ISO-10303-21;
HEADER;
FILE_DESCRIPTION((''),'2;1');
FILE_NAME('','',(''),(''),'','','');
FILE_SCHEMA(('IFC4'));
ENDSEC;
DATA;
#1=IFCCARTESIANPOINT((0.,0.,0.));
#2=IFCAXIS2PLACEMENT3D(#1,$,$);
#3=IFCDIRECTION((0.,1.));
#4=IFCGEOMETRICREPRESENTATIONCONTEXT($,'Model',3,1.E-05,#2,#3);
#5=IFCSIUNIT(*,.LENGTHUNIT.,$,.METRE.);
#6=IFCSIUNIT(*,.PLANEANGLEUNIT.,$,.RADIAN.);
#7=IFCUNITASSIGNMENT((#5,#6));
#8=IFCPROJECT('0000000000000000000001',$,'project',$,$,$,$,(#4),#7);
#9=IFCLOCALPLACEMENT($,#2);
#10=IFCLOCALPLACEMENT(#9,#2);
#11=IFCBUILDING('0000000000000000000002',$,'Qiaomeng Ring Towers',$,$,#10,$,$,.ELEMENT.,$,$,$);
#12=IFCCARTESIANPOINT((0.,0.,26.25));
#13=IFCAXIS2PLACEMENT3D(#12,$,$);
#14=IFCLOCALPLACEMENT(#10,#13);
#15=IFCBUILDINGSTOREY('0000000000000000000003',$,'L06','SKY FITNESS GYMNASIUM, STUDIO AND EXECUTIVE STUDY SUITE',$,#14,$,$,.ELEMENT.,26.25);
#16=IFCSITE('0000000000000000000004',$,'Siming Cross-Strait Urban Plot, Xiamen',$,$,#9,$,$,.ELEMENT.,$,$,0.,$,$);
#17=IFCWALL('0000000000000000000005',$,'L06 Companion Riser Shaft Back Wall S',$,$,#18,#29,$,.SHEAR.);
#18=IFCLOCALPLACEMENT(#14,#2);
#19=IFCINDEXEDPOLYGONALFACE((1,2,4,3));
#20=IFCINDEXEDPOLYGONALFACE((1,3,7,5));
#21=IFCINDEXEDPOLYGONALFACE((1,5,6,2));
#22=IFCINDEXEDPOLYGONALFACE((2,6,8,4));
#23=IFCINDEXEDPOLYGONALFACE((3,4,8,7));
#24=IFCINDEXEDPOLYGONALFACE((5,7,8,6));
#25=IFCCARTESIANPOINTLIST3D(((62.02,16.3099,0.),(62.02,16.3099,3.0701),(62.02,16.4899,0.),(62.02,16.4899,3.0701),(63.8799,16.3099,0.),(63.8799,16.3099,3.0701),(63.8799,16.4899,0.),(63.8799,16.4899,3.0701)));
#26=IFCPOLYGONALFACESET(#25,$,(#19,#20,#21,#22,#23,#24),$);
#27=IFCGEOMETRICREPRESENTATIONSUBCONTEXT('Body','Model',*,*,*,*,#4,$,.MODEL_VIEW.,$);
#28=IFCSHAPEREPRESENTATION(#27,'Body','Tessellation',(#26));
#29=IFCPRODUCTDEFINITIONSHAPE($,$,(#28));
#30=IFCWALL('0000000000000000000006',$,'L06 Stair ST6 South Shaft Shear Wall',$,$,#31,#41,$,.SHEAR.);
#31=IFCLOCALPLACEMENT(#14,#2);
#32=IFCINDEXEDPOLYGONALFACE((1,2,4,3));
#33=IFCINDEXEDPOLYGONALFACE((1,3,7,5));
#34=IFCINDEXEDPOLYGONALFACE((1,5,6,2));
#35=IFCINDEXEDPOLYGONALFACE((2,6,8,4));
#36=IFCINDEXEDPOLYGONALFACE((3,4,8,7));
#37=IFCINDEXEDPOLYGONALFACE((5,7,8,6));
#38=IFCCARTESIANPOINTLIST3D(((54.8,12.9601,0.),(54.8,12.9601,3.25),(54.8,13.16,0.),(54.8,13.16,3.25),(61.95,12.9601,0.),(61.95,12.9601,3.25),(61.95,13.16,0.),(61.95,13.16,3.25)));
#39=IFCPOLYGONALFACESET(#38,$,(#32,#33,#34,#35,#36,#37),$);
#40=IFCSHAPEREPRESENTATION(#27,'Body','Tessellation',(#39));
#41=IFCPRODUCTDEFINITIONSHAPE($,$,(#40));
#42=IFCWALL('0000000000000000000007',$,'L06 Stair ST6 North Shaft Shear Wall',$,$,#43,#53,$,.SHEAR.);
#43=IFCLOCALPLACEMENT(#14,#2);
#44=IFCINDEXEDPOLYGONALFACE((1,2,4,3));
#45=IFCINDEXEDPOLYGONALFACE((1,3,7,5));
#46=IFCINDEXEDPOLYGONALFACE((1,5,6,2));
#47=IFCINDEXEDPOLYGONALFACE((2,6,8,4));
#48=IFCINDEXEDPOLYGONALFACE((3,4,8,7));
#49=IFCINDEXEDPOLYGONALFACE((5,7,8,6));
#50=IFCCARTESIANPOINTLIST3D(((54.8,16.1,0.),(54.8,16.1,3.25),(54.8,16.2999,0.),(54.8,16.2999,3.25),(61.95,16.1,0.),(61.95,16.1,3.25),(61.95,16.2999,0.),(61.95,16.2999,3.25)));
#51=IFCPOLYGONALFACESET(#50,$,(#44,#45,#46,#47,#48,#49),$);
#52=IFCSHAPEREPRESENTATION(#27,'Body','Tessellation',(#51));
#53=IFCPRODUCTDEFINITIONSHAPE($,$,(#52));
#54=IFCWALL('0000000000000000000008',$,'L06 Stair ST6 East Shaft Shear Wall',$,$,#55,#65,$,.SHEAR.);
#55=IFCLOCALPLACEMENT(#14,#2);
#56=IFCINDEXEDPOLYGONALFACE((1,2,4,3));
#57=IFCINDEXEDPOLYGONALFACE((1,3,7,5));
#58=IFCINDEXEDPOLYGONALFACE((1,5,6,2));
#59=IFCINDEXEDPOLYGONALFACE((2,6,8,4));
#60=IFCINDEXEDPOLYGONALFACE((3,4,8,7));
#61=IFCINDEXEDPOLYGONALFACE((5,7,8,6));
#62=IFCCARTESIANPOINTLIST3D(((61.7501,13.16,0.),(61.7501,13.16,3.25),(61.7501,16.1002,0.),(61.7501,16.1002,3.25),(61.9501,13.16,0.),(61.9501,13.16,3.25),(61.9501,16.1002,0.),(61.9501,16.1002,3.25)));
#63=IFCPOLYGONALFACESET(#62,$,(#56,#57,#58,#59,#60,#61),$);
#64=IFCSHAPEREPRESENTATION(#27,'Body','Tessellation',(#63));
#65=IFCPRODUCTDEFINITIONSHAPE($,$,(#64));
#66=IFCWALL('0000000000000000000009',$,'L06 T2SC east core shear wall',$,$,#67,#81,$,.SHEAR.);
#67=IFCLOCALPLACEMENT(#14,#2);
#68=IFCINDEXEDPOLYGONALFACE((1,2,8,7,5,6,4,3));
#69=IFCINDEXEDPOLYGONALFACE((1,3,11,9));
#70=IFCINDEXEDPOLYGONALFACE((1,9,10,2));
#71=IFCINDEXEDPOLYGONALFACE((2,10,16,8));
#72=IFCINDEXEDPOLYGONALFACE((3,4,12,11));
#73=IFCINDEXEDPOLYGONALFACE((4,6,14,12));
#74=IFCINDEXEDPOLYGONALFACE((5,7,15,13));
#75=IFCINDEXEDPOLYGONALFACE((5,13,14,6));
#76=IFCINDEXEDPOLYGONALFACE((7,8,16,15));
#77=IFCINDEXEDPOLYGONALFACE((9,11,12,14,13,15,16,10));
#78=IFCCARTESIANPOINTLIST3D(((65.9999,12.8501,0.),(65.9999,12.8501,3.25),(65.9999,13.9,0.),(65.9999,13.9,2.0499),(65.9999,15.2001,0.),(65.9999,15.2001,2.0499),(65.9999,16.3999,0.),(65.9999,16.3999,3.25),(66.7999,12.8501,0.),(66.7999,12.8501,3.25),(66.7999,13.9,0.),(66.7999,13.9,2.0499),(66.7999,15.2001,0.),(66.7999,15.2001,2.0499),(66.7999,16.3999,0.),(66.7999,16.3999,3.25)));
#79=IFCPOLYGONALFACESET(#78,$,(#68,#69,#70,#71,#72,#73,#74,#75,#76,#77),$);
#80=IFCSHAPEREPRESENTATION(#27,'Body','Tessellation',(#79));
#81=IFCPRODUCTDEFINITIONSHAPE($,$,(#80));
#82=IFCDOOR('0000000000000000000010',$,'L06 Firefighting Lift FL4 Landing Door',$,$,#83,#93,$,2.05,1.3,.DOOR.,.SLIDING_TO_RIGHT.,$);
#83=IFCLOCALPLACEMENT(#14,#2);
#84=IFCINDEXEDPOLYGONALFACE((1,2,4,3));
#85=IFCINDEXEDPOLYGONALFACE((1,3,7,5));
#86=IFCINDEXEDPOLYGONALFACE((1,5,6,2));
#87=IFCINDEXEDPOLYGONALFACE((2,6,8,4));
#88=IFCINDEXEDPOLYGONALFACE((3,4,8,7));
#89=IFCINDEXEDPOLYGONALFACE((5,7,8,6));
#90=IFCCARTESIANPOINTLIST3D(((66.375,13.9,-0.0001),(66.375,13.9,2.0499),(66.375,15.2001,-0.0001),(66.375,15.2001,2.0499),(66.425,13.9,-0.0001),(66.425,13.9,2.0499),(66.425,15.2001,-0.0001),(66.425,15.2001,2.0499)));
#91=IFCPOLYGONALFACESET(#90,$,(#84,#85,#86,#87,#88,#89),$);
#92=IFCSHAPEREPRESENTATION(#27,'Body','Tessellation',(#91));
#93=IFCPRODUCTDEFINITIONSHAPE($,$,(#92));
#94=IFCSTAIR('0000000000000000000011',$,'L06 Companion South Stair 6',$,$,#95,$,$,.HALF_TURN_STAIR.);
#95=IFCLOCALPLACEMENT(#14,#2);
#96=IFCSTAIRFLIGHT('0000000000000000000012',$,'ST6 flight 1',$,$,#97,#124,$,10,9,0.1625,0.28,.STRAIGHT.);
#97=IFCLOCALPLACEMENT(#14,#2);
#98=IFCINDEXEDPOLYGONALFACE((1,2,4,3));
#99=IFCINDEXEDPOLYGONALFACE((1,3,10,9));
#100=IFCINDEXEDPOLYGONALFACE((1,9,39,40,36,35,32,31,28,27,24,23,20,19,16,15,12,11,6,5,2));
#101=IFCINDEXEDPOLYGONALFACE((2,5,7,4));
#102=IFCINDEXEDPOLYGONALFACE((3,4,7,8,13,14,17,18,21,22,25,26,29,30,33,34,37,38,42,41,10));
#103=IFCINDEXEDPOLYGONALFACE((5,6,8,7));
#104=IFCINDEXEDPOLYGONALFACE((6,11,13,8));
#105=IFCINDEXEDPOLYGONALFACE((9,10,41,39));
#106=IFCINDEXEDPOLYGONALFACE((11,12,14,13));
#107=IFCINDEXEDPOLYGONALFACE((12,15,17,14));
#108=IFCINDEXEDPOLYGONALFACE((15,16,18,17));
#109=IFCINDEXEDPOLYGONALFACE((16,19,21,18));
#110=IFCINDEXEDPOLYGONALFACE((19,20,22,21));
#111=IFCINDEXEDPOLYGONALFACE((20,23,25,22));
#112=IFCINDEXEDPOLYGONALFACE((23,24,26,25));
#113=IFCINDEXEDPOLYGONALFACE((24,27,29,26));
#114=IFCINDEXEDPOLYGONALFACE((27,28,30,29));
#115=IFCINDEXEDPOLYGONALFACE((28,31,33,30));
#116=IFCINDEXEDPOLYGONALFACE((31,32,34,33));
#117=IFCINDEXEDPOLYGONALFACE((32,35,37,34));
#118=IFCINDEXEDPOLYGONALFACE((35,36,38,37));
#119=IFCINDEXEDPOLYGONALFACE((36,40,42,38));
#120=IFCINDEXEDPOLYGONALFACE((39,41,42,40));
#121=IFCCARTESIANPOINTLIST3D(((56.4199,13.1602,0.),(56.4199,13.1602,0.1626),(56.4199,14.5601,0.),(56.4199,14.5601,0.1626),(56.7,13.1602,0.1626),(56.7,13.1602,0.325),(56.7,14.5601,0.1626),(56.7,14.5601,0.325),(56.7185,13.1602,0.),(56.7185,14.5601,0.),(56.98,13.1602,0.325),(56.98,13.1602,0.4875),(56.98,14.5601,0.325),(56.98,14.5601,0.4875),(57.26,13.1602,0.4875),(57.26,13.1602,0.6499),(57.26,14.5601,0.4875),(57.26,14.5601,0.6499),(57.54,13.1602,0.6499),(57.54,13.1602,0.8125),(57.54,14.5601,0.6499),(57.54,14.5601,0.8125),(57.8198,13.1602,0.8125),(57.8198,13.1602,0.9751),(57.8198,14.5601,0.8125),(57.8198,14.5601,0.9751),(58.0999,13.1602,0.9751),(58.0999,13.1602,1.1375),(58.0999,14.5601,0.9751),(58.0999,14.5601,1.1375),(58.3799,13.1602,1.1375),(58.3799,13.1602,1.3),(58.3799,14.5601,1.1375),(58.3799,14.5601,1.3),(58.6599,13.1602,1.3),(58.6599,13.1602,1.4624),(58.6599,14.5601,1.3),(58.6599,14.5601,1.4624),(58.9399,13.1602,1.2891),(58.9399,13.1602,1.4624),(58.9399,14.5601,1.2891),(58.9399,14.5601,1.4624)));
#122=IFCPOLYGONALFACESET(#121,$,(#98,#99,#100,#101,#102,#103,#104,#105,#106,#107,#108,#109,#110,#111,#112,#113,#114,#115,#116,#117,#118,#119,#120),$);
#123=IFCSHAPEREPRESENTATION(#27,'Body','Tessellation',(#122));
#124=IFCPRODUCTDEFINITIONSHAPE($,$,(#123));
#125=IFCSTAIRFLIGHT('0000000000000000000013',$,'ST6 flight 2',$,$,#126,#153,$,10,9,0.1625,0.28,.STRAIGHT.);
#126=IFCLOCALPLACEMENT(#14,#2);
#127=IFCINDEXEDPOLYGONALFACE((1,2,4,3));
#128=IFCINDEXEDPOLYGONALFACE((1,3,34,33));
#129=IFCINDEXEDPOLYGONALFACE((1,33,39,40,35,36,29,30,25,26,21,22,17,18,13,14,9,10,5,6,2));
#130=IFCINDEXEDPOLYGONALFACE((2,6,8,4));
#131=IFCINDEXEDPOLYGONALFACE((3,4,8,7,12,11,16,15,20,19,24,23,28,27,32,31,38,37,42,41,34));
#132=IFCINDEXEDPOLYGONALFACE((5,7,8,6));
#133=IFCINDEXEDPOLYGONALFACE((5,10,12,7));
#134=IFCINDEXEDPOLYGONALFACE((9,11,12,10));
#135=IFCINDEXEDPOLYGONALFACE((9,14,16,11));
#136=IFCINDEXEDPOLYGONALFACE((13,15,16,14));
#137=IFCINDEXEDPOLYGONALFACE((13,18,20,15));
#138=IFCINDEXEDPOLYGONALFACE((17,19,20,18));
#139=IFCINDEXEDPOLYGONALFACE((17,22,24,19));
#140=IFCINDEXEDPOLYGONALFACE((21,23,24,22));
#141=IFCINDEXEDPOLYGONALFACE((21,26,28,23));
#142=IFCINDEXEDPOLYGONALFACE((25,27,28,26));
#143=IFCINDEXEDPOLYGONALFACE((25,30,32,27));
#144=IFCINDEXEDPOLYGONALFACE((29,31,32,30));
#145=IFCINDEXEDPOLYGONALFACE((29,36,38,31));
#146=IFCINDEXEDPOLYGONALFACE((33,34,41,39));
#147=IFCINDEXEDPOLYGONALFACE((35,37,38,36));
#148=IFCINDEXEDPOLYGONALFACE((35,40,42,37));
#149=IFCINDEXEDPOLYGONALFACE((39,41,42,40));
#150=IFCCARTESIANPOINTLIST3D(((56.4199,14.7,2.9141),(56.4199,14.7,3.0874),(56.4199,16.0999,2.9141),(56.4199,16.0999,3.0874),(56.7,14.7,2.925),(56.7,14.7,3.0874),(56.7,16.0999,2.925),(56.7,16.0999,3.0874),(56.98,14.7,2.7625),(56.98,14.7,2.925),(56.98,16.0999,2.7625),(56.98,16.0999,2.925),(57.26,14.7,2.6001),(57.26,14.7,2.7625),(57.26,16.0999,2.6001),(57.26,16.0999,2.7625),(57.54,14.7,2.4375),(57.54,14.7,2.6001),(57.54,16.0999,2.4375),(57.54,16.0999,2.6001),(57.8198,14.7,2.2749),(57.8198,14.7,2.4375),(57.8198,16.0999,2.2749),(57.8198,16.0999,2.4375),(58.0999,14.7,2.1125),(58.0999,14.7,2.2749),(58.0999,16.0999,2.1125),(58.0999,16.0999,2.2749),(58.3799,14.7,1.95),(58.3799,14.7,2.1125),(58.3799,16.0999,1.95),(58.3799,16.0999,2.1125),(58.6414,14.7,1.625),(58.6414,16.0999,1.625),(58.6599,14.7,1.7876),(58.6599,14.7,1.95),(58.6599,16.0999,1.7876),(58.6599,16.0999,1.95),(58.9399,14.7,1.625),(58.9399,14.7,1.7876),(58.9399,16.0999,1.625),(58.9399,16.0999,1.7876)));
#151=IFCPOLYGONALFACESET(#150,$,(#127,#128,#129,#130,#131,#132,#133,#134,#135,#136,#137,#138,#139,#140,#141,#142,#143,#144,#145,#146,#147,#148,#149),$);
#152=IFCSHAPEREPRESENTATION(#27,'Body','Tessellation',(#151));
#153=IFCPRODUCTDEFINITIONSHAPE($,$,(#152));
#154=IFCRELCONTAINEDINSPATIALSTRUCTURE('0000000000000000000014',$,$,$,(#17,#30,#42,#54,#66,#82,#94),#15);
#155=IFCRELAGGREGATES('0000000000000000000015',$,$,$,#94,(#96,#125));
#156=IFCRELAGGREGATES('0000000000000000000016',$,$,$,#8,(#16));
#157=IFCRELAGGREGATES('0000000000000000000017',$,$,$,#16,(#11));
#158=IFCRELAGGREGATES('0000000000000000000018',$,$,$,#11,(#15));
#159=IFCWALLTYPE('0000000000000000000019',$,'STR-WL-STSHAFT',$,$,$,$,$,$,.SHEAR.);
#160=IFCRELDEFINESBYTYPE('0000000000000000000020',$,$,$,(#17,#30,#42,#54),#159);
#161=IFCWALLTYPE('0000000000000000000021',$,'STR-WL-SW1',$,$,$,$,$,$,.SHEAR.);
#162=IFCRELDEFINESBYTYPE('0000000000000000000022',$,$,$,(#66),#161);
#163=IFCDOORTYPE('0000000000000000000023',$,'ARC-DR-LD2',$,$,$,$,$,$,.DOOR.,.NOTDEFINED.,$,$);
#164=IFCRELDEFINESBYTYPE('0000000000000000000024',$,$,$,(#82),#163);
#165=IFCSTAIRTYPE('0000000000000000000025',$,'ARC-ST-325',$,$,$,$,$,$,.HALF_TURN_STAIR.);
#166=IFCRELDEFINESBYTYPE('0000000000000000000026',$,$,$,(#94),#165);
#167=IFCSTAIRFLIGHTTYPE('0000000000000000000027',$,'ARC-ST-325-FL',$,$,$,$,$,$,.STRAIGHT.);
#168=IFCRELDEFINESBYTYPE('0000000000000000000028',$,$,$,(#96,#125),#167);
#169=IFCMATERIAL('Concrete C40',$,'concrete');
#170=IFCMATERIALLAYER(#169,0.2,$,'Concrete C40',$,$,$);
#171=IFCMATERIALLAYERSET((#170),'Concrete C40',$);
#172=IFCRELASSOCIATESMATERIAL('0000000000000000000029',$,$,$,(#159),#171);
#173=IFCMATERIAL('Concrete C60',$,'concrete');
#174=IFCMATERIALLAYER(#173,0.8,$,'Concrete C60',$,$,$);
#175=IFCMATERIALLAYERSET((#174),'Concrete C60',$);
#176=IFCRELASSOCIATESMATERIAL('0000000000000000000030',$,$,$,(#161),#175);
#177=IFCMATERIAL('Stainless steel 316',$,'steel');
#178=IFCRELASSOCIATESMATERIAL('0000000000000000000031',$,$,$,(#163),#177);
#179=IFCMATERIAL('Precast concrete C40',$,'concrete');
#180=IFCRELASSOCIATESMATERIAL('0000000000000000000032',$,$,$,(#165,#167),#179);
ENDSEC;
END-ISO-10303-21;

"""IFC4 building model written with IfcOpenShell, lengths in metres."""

from ifc_helpers import new_model, si_unit, direction, frame, frame_2d, origin, place, context, subcontext, project, spatial, polyline, rectangle, outline, extrude, source, transform, mapped, material, layer, layer_set, type_object, element, fill, aggregate, save


model = new_model("IFC4")

# Units and contexts
model_context = context("Model", 3, precision=1e-05, world=origin(), true_north=direction((0.0, 1.0)))
body_context = subcontext(model_context, "Body", "Model", "MODEL_VIEW")
ifc_project = project(units=[si_unit("LENGTHUNIT", "METRE"), si_unit("PLANEANGLEUNIT", "RADIAN")], contexts=[model_context])

# Site, building, storey
site_placement = place(None, origin())
site = spatial("IfcSite", under=ifc_project, at=site_placement, Name="Siming Cross-Strait Urban Plot, Xiamen", CompositionType="ELEMENT", RefElevation=0.0)
building_placement = place(site_placement, origin())
building = spatial("IfcBuilding", under=site, at=building_placement, Name="Qiaomeng Ring Towers", CompositionType="ELEMENT")
storey_placement = place(building_placement, frame((0.0, 0.0, 26.25)))
storey = spatial("IfcBuildingStorey", under=building, at=storey_placement, Name="L06", Description="SKY FITNESS GYMNASIUM, STUDIO AND EXECUTIVE STUDY SUITE", CompositionType="ELEMENT", Elevation=26.25)

# Walls
ifc_material_1 = material(Name="Concrete C40", Category="concrete")
ifc_layer_1 = layer(ifc_material_1, 0.2, Name="Concrete C40")
ifc_layer_set_1 = layer_set([ifc_layer_1], Name="Concrete C40")
wall_type_1 = type_object("IfcWallType", Name="STR-WL-STSHAFT", PredefinedType="SHEAR", material=ifc_layer_set_1)
for number, where, z_axis, x_axis, name in (
    (1, (62.02, 16.3999, 0.0), (0.0, 0.0, 1.0), (1.0, 0.0, 0.0), "L06 Companion Riser Shaft Back Wall S"),
):
    element("IfcWall", number, at=place(storey_placement, frame(where, z_axis=z_axis, x_axis=x_axis)), inside=storey, type_object=wall_type_1, Name=name, PredefinedType="SHEAR", context=body_context, shape_type="SweptSolid", body=[
        extrude(rectangle(XDim=1.8599, YDim=0.1799, at=frame_2d((0.9299, 0.0))), origin(), (0.0, 0.0, 1.0), 3.0701),
    ])
for number, where, z_axis, x_axis, name in (
    (2, (54.8, 13.0601, 0.0), (0.0, 0.0, 1.0), (1.0, 0.0, 0.0), "L06 Stair ST6 South Shaft Shear Wall"),
    (3, (54.8, 16.2, 0.0), (0.0, 0.0, 1.0), (1.0, 0.0, 0.0), "L06 Stair ST6 North Shaft Shear Wall"),
):
    element("IfcWall", number, at=place(storey_placement, frame(where, z_axis=z_axis, x_axis=x_axis)), inside=storey, type_object=wall_type_1, Name=name, PredefinedType="SHEAR", context=body_context, shape_type="SweptSolid", body=[
        extrude(rectangle(XDim=7.1499, YDim=0.2, at=frame_2d((3.575, 0.0))), origin(), (0.0, 0.0, 1.0), 3.25),
    ])
wall_1_placement = place(storey_placement, frame((61.8501, 13.1599, 0.0), z_axis=(0.0, 0.0, 1.0), x_axis=(0.0, 1.0, 0.0)))
element("IfcWall", 4, at=wall_1_placement, inside=storey, type_object=wall_type_1, Name="L06 Stair ST6 East Shaft Shear Wall", PredefinedType="SHEAR", context=body_context, shape_type="SweptSolid", body=[
    extrude(rectangle(XDim=2.9402, YDim=0.2, at=frame_2d((1.4702, 0.0))), origin(), (0.0, 0.0, 1.0), 3.25),
])

# Wall, opening, door
ifc_material_2 = material(Name="Concrete C60", Category="concrete")
ifc_layer_2 = layer(ifc_material_2, 0.8, Name="Concrete C60")
ifc_layer_set_2 = layer_set([ifc_layer_2], Name="Concrete C60")
wall_type_2 = type_object("IfcWallType", Name="STR-WL-SW1", PredefinedType="SHEAR", material=ifc_layer_set_2)
wall_2_placement = place(storey_placement, frame((66.3999, 12.8501, 0.0), z_axis=(0.0, 0.0, 1.0), x_axis=(0.0, 1.0, 0.0)))
wall_2 = element("IfcWall", 5, at=wall_2_placement, inside=storey, type_object=wall_type_2, Name="L06 T2SC east core shear wall", PredefinedType="SHEAR", context=body_context, shape_type="SweptSolid", body=[
    extrude(rectangle(XDim=3.5498, YDim=0.8, at=frame_2d((1.7749, 0.0))), origin(), (0.0, 0.0, 1.0), 3.25),
])
opening_placement = place(wall_2_placement, frame((1.05, 0.0, 0.0)))
opening = element("IfcOpeningElement", 6, at=opening_placement, cuts=wall_2, PredefinedType="OPENING", context=body_context, shape_type="SweptSolid", body=[
    extrude(rectangle(XDim=1.3, YDim=2.05, at=frame_2d((0.6499, 1.0249))), frame((0.0, 0.4099, 0.0), z_axis=(0.0, -1.0, 0.0), x_axis=(1.0, 0.0, 0.0)), (0.0, 0.0, 1.0), 0.8201),
])
ifc_material_3 = material(Name="Stainless steel 316", Category="steel")
door_type = type_object("IfcDoorType", Name="ARC-DR-LD2", OperationType="NOTDEFINED", PredefinedType="DOOR", material=ifc_material_3)
shared_shape_1 = source(origin(), body_context, "Body", "SweptSolid", [
    extrude(rectangle(XDim=1.3, YDim=2.05, at=frame_2d((0.6499, 1.0249))), frame((0.0, 0.0249, 0.0), z_axis=(0.0, -1.0, 0.0), x_axis=(1.0, 0.0, 0.0)), (0.0, 0.0, 1.0), 0.05),
])
door_placement = place(opening_placement, origin())
door = element("IfcDoor", 7, at=door_placement, inside=storey, type_object=door_type, Name="L06 Firefighting Lift FL4 Landing Door", OperationType="SLIDING_TO_RIGHT", OverallHeight=2.05, OverallWidth=1.3, PredefinedType="DOOR", context=body_context, shape_type="MappedRepresentation", body=[
    mapped(shared_shape_1, transform((0.0, 0.0, 0.0), x_axis=(1.0, 0.0, 0.0), y_axis=(0.0, 1.0, 0.0), z_axis=(0.0, 0.0, 1.0), scale=1.0)),
])
fill(opening, door)

# Stair, stair flights
ifc_material_4 = material(Name="Precast concrete C40", Category="concrete")
stair_type = type_object("IfcStairType", Name="ARC-ST-325", PredefinedType="HALF_TURN_STAIR", material=ifc_material_4)
stair_placement = place(storey_placement, origin())
stair = element("IfcStair", 8, at=stair_placement, inside=storey, type_object=stair_type, Name="L06 Companion South Stair 6", PredefinedType="HALF_TURN_STAIR")
stair_flight_type = type_object("IfcStairFlightType", Name="ARC-ST-325-FL", PredefinedType="STRAIGHT", material=ifc_material_4)
shared_shape_2 = source(origin(), body_context, "Body", "SweptSolid", [
    extrude(outline(polyline([(0.0, 0.0), (0.0, 0.1626), (0.28, 0.1626), (0.28, 0.325), (0.5601, 0.325), (0.5601, 0.4875), (0.8401, 0.4875), (0.8401, 0.6499), (1.1201, 0.6499), (1.1201, 0.8125), (1.3999, 0.8125), (1.3999, 0.9751), (1.6799, 0.9751), (1.6799, 1.1375), (1.96, 1.1375), (1.96, 1.3), (2.24, 1.3), (2.24, 1.4624), (2.52, 1.4624), (2.52, 1.625), (2.52, 1.2891), (0.2986, 0.0), (0.0, 0.0)])), frame((0.0, 0.7, 0.0), z_axis=(0.0, -1.0, 0.0), x_axis=(1.0, 0.0, 0.0)), (0.0, 0.0, 1.0), 1.3999),
])
stair_flight_1_placement = place(storey_placement, frame((56.4199, 13.8601, 0.0), z_axis=(0.0, 0.0, 1.0), x_axis=(1.0, 0.0, 0.0)))
stair_flight_1 = element("IfcStairFlight", 9, at=stair_flight_1_placement, type_object=stair_flight_type, Name="ST6 flight 1", NumberOfRisers=10, NumberOfTreads=9, PredefinedType="STRAIGHT", RiserHeight=0.1625, TreadLength=0.28, context=body_context, shape_type="MappedRepresentation", body=[
    mapped(shared_shape_2, transform((0.0, 0.0, 0.0), x_axis=(1.0, 0.0, 0.0), y_axis=(0.0, 1.0, 0.0), z_axis=(0.0, 0.0, 1.0), scale=1.0)),
])
stair_flight_2_placement = place(storey_placement, frame((58.9399, 15.3999, 1.625), z_axis=(0.0, 0.0, 1.0), x_axis=(-1.0, 0.0, 0.0)))
stair_flight_2 = element("IfcStairFlight", 10, at=stair_flight_2_placement, type_object=stair_flight_type, Name="ST6 flight 2", NumberOfRisers=10, NumberOfTreads=9, PredefinedType="STRAIGHT", RiserHeight=0.1625, TreadLength=0.28, context=body_context, shape_type="MappedRepresentation", body=[
    mapped(shared_shape_2, transform((0.0, 0.0, 0.0), x_axis=(1.0, 0.0, 0.0), y_axis=(0.0, 1.0, 0.0), z_axis=(0.0, 0.0, 1.0), scale=1.0)),
])
aggregate(stair, [stair_flight_1, stair_flight_2])

save(model, "model.ifc")
